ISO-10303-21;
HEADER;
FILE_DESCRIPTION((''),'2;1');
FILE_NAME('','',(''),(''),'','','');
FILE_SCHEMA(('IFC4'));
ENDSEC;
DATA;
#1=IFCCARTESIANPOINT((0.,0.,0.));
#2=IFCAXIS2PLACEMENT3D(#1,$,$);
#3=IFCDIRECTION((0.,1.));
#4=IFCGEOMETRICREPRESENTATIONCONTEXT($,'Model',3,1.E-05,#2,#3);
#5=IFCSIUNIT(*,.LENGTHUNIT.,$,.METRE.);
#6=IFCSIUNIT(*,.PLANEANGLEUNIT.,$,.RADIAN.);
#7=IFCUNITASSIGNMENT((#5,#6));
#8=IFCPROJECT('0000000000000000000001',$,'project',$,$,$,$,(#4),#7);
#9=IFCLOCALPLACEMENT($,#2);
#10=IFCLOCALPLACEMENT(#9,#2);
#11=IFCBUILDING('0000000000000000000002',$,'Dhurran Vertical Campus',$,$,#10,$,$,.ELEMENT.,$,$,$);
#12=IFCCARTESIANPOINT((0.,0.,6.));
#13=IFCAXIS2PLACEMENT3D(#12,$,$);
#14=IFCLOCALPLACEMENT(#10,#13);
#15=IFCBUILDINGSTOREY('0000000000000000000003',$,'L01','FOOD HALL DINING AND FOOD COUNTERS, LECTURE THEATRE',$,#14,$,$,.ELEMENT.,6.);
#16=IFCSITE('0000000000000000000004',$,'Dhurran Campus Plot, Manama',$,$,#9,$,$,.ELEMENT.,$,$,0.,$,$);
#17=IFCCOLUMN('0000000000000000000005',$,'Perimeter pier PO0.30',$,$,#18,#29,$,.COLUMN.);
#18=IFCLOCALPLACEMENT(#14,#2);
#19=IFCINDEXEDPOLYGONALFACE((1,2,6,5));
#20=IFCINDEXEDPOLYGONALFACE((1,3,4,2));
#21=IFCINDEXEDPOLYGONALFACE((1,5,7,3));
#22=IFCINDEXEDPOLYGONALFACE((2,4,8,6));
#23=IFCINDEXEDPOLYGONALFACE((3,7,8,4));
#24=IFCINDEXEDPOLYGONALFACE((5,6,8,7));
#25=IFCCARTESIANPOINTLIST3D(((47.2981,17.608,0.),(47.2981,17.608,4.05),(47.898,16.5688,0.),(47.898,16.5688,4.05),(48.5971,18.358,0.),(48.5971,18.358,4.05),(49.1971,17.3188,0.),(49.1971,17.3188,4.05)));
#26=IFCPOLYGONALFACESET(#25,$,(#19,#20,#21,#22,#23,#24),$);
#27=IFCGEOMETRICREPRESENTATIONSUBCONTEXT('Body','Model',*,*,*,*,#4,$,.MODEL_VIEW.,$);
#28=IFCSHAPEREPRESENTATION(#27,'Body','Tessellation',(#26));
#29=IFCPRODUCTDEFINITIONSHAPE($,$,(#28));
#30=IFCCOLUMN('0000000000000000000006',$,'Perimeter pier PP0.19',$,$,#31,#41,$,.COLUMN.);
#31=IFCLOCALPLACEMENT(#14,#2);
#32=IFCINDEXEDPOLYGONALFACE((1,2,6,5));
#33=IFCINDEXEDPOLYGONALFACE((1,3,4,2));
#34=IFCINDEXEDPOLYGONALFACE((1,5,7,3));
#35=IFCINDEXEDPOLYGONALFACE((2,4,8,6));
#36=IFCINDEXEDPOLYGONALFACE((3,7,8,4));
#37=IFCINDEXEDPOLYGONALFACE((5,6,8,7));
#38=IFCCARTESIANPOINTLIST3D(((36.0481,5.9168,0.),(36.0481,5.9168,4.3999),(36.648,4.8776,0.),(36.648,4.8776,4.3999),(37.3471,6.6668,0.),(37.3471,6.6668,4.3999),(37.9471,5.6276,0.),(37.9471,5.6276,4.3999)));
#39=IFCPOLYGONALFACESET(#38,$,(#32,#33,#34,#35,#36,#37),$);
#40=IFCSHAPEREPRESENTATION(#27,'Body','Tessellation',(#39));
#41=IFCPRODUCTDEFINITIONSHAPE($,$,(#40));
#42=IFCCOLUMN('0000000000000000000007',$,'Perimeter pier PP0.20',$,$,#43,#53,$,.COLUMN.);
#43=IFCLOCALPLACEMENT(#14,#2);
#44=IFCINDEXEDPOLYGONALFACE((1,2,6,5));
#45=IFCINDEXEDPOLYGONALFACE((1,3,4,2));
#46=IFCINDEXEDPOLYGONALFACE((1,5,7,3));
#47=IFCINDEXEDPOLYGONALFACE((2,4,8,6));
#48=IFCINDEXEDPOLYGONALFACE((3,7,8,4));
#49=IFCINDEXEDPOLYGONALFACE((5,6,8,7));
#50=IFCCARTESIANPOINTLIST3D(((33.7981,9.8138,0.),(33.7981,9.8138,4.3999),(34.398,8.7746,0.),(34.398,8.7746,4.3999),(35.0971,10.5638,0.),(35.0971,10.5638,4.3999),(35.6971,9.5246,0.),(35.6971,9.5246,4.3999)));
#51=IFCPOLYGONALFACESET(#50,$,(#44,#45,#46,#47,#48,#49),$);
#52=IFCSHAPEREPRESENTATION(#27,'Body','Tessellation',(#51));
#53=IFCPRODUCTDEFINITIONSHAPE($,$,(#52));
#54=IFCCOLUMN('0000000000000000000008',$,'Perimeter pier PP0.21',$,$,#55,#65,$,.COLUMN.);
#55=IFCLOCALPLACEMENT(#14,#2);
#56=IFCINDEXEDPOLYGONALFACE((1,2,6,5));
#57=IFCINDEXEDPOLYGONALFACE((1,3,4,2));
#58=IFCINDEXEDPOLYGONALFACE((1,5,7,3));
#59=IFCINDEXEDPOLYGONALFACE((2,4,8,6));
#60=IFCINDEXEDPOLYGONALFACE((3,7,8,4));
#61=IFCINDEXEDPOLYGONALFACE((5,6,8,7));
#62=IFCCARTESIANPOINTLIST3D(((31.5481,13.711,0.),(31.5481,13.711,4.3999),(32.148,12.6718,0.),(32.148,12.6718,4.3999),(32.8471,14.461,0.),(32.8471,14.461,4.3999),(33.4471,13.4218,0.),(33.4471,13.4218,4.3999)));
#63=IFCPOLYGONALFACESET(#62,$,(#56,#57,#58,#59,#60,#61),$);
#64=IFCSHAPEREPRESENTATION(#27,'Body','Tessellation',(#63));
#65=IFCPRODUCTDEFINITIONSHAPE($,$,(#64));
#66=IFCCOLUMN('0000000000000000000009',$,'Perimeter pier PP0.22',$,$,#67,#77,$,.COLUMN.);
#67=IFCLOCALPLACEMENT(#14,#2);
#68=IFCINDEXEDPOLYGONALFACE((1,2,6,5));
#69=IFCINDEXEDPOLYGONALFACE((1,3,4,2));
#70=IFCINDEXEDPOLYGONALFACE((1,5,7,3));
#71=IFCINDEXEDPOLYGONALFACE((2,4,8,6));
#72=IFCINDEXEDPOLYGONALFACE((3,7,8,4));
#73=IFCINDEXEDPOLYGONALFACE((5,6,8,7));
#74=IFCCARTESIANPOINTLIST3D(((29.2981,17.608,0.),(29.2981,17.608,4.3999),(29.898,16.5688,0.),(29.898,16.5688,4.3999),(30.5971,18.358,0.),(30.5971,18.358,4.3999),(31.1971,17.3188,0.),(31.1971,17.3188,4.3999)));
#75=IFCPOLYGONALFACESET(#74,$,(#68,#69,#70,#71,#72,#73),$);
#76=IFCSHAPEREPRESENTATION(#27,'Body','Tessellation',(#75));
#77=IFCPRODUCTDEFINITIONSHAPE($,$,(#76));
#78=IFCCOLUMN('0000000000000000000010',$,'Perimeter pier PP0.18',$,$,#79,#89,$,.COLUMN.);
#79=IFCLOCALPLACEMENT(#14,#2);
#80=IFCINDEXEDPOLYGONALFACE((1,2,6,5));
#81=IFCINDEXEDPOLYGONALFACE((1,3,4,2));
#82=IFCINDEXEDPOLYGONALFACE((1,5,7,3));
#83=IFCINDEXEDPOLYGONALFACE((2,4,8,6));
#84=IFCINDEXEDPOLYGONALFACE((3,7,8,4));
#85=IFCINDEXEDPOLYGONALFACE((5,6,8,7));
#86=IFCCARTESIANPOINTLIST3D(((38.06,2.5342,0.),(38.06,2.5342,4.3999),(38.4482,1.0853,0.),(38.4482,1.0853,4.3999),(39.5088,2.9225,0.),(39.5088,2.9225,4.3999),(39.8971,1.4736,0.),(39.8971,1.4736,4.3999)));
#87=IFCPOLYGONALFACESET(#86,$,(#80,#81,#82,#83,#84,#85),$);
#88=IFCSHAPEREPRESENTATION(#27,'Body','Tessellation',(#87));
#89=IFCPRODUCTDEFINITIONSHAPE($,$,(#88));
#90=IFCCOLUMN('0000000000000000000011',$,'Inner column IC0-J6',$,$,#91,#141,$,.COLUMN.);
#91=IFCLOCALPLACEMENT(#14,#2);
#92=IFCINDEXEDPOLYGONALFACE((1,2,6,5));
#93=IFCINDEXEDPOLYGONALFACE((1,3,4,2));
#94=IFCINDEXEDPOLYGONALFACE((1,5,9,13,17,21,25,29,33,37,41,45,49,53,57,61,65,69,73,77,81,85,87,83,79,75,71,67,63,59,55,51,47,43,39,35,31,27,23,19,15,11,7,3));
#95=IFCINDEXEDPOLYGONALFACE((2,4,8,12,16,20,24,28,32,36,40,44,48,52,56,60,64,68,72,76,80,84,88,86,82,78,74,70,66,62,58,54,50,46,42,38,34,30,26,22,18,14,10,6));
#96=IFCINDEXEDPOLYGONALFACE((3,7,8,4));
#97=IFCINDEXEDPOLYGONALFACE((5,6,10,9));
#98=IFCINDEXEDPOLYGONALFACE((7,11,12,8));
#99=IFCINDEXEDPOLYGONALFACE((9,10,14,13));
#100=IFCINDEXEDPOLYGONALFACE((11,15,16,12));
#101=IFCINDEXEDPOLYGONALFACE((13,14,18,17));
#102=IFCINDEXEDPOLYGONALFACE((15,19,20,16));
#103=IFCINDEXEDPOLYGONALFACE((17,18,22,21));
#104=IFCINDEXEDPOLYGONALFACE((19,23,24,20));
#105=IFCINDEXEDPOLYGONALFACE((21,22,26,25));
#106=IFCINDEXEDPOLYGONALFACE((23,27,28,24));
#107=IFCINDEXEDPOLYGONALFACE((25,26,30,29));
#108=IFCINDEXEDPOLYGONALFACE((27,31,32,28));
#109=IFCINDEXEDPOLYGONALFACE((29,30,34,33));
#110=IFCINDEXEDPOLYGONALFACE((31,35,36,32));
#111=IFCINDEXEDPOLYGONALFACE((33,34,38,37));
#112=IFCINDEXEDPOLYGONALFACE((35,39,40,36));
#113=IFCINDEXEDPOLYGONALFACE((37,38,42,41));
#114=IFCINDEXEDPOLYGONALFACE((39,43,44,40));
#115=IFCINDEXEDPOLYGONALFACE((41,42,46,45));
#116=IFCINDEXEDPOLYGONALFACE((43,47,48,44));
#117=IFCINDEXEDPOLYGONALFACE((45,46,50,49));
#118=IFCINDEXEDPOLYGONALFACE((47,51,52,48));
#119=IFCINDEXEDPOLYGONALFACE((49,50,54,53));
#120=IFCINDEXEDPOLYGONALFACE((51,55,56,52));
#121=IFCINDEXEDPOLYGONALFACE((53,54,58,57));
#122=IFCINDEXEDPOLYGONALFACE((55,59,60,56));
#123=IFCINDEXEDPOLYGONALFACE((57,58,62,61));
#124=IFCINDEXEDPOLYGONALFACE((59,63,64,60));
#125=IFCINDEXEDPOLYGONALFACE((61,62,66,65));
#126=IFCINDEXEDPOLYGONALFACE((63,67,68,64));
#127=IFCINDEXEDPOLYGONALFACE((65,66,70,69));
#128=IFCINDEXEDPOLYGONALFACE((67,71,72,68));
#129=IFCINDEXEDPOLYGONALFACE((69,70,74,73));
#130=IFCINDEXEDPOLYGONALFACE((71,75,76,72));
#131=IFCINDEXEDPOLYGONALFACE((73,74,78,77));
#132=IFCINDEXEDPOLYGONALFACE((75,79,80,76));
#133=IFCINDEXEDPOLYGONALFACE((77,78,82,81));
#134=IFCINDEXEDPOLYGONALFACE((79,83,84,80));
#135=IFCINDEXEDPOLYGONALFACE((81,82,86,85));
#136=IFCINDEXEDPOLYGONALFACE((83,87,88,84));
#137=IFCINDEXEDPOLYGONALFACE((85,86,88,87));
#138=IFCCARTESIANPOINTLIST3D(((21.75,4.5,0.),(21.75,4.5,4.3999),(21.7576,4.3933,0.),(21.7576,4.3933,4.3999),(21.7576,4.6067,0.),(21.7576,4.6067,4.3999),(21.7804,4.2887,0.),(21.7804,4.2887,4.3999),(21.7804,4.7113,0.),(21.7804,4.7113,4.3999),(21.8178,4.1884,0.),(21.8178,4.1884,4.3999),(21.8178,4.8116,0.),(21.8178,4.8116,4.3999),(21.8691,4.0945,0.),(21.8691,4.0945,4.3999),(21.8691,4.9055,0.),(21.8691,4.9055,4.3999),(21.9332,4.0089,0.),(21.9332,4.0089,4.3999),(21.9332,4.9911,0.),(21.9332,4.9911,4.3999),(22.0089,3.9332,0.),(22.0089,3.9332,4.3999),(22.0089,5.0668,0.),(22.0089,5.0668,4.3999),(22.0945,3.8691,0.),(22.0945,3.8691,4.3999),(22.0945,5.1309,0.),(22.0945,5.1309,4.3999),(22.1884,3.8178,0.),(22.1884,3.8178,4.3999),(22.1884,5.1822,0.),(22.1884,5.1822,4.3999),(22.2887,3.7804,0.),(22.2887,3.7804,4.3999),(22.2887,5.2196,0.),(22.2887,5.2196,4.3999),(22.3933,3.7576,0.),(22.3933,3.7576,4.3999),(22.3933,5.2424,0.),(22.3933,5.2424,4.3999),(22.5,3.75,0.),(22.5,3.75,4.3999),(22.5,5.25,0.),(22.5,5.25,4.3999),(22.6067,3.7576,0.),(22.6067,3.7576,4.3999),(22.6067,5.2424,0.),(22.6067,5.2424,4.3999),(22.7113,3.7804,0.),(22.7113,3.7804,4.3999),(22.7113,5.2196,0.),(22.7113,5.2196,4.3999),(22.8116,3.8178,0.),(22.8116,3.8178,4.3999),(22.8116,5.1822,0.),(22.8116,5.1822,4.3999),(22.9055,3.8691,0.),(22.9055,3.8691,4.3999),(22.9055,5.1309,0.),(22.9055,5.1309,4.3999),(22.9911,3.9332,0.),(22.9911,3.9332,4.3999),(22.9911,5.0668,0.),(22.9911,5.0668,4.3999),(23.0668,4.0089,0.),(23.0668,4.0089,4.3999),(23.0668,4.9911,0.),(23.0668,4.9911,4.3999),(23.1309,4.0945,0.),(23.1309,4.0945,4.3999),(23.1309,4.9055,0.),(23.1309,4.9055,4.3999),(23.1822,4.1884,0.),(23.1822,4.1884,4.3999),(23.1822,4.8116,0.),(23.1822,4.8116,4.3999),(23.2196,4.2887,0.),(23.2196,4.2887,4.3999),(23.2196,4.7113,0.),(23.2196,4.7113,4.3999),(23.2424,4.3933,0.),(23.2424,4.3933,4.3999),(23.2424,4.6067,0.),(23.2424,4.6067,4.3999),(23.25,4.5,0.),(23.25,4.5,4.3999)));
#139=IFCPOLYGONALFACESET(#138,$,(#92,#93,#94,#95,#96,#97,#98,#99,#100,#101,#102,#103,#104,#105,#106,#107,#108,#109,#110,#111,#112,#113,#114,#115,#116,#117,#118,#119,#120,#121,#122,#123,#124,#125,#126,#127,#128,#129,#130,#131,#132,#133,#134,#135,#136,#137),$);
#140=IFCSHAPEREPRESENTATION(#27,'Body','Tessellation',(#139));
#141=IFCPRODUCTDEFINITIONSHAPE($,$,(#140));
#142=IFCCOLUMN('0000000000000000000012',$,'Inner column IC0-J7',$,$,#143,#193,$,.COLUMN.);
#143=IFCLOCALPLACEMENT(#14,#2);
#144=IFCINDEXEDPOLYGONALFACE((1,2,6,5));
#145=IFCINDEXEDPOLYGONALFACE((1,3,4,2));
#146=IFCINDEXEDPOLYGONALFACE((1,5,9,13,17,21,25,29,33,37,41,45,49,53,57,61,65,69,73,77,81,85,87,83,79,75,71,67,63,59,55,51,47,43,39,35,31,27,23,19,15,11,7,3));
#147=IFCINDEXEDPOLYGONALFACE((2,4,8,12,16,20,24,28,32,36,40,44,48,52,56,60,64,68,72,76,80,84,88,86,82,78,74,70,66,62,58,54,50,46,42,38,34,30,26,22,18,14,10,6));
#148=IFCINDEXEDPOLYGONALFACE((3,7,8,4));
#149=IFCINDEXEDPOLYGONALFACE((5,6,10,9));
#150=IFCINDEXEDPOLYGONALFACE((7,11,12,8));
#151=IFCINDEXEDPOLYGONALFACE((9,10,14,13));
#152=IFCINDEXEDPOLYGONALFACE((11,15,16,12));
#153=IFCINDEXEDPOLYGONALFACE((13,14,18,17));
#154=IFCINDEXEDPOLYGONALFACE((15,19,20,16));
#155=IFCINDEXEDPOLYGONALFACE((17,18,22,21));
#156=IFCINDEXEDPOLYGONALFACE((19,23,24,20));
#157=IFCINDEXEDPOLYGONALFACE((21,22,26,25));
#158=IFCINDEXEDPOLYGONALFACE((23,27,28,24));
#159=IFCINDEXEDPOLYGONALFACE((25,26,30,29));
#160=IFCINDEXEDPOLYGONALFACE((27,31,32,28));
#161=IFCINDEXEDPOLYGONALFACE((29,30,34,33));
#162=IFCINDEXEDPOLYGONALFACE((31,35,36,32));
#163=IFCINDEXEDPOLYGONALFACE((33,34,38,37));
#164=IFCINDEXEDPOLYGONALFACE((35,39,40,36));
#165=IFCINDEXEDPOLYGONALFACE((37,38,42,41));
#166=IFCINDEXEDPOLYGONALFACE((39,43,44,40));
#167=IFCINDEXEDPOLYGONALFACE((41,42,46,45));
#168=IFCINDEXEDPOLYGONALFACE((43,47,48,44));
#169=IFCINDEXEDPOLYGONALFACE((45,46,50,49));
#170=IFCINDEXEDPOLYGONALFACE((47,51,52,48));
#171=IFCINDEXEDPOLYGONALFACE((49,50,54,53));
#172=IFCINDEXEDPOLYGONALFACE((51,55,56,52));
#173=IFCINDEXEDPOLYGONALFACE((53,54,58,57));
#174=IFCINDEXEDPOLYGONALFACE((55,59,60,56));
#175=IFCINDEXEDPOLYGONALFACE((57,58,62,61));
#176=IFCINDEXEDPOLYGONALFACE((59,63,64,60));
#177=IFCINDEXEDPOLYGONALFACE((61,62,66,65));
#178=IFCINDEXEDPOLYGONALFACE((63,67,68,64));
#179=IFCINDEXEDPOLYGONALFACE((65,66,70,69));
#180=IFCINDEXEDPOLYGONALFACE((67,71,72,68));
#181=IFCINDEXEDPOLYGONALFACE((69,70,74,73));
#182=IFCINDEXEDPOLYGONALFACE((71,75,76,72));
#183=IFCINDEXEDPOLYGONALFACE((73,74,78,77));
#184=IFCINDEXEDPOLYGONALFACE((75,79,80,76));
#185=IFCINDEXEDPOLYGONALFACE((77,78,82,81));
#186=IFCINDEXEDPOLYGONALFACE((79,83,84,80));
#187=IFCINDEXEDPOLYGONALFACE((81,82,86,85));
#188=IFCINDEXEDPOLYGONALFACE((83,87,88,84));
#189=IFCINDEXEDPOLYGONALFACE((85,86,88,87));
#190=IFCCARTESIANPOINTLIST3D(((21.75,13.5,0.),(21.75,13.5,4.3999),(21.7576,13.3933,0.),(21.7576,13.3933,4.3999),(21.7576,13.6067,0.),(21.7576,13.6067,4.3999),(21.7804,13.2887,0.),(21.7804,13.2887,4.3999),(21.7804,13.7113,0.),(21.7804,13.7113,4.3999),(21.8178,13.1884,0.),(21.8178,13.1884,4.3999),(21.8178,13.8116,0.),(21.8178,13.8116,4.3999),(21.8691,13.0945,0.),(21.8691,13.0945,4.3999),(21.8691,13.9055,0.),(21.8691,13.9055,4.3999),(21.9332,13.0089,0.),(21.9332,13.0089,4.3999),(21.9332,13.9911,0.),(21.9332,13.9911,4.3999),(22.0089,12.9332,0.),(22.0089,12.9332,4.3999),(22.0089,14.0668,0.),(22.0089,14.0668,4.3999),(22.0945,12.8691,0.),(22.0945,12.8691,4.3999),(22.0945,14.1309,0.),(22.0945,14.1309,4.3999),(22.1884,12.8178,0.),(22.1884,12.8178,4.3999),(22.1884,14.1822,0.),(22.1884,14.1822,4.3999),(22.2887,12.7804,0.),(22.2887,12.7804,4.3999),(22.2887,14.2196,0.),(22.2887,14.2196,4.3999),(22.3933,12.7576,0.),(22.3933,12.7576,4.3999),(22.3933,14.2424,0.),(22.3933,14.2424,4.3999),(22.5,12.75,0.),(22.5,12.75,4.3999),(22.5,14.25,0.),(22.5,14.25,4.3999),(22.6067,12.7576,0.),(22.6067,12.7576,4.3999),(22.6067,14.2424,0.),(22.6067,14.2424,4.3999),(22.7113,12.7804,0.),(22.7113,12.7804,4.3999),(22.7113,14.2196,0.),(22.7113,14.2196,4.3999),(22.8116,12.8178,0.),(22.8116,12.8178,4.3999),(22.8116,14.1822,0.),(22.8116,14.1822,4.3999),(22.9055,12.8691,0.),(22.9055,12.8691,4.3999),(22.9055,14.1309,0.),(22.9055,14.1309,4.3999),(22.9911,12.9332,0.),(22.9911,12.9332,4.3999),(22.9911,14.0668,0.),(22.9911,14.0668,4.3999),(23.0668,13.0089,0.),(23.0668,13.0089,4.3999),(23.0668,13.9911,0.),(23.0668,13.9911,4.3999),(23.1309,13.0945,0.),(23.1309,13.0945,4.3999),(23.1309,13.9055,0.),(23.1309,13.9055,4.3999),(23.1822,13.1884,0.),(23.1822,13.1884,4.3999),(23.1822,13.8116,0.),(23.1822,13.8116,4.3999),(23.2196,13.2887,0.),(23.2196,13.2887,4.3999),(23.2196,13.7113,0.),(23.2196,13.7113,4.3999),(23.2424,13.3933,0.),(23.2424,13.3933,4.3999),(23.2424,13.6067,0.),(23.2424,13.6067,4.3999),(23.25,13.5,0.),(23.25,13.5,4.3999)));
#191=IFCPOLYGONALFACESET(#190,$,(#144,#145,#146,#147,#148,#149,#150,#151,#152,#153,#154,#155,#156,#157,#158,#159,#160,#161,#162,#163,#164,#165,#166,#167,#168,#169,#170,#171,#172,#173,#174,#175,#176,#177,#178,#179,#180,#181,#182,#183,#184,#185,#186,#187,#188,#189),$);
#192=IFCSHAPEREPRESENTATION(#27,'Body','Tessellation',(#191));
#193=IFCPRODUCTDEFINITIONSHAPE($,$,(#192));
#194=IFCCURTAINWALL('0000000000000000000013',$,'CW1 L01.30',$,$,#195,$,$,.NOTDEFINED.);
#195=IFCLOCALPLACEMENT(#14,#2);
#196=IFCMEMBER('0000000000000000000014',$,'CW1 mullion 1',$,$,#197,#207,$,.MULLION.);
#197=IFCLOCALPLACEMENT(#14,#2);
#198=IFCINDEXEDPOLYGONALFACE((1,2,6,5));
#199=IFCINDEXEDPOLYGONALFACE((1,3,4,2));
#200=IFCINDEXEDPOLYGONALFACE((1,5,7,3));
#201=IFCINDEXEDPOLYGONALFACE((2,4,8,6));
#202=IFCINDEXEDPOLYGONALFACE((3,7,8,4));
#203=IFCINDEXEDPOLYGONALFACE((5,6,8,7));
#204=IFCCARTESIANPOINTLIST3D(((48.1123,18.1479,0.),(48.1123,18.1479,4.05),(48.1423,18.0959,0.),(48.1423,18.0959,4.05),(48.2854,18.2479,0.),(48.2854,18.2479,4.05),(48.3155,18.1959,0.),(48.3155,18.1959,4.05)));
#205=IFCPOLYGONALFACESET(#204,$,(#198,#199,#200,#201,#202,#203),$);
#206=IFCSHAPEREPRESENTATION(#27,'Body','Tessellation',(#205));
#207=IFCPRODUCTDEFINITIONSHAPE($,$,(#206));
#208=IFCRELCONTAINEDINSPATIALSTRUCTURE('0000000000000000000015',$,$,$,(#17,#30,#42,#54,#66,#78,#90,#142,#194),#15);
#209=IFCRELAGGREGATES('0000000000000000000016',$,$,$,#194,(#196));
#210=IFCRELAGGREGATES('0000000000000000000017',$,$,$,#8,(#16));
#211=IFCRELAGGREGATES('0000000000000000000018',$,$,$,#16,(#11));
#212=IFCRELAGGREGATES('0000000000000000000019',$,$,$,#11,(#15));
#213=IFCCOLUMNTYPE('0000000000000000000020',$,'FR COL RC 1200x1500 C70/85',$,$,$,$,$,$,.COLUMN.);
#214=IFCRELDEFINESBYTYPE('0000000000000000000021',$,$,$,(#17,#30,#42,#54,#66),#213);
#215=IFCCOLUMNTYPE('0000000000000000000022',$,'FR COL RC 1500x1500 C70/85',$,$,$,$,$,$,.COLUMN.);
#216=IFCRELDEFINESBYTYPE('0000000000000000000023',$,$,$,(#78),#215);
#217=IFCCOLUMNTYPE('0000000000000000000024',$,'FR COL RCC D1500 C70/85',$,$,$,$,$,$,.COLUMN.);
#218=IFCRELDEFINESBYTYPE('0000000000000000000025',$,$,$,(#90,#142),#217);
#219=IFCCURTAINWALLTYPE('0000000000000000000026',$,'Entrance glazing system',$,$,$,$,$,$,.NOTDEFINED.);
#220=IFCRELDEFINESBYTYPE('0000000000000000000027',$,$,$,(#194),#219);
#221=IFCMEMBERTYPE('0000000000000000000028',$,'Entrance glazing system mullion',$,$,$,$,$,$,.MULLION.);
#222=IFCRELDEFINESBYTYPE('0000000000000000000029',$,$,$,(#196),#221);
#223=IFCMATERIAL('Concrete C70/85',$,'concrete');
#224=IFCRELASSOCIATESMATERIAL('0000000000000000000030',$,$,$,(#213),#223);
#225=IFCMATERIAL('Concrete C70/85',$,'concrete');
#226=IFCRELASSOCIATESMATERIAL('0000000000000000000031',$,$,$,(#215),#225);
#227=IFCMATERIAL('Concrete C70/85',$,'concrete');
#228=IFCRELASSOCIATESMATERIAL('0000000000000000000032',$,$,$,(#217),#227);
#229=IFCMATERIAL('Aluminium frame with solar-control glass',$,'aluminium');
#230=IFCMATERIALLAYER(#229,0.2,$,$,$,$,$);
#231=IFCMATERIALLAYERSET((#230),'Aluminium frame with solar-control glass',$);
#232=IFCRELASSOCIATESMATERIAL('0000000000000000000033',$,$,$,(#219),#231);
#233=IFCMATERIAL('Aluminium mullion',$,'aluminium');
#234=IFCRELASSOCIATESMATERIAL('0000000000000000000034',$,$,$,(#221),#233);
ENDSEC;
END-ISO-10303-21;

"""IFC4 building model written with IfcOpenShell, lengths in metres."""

from ifc_helpers import new_model, si_unit, direction, frame, origin, origin_2d, place, context, subcontext, project, spatial, rectangle, circle, extrude, material, layer, layer_set, material_profile, profile_set, type_object, element, aggregate, save


model = new_model("IFC4")

# Units and contexts
model_context = context("Model", 3, precision=1e-05, world=origin(), true_north=direction((0.0, 1.0)))
body_context = subcontext(model_context, "Body", "Model", "MODEL_VIEW")
ifc_project = project(units=[si_unit("LENGTHUNIT", "METRE"), si_unit("PLANEANGLEUNIT", "RADIAN")], contexts=[model_context])

# Site, building, storey
site_placement = place(None, origin())
site = spatial("IfcSite", under=ifc_project, at=site_placement, Name="Dhurran Campus Plot, Manama", CompositionType="ELEMENT", RefElevation=0.0)
building_placement = place(site_placement, origin())
building = spatial("IfcBuilding", under=site, at=building_placement, Name="Dhurran Vertical Campus", CompositionType="ELEMENT")
storey_placement = place(building_placement, frame((0.0, 0.0, 6.0)))
storey = spatial("IfcBuildingStorey", under=building, at=storey_placement, Name="L01", Description="FOOD HALL DINING AND FOOD COUNTERS, LECTURE THEATRE", CompositionType="ELEMENT", Elevation=6.0)

# Columns
ifc_material_1 = material(Name="Concrete C70/85", Category="concrete")
ifc_material_profile_1 = material_profile(ifc_material_1, rectangle(XDim=1.2, YDim=1.5, at=origin_2d()), Name="RC 1200x1500")
ifc_profile_set_1 = profile_set([ifc_material_profile_1], Name="Concrete C70/85")
column_type_1 = type_object("IfcColumnType", Name="FR COL RC 1200x1500 C70/85", PredefinedType="COLUMN", material=ifc_profile_set_1)
column_1_placement = place(storey_placement, frame((48.2476, 17.4634, 0.0), z_axis=(0.0, 0.0, 1.0), x_axis=(-0.5, 0.866025, 0.0)))
element("IfcColumn", 1, at=column_1_placement, inside=storey, type_object=column_type_1, Name="Perimeter pier PO0.30", PredefinedType="COLUMN", context=body_context, shape_type="SweptSolid", body=[
    extrude(rectangle(XDim=1.2, YDim=1.5, at=origin_2d()), origin(), (0.0, 0.0, 1.0), 4.05),
])
for number, where, z_axis, x_axis, name in (
    (2, (36.9976, 5.7722, 0.0), (0.0, 0.0, 1.0), (-0.5, 0.866025, 0.0), "Perimeter pier PP0.19"),
    (3, (34.7476, 9.6692, 0.0), (0.0, 0.0, 1.0), (-0.5, 0.866025, 0.0), "Perimeter pier PP0.20"),
    (4, (32.4976, 13.5664, 0.0), (0.0, 0.0, 1.0), (-0.5, 0.866025, 0.0), "Perimeter pier PP0.21"),
    (5, (30.2476, 17.4634, 0.0), (0.0, 0.0, 1.0), (-0.5, 0.866025, 0.0), "Perimeter pier PP0.22"),
):
    element("IfcColumn", number, at=place(storey_placement, frame(where, z_axis=z_axis, x_axis=x_axis)), inside=storey, type_object=column_type_1, Name=name, PredefinedType="COLUMN", context=body_context, shape_type="SweptSolid", body=[
        extrude(rectangle(XDim=1.2, YDim=1.5, at=origin_2d()), origin(), (0.0, 0.0, 1.0), 4.3999),
    ])
ifc_material_2 = material(Name="Concrete C70/85", Category="concrete")
ifc_material_profile_2 = material_profile(ifc_material_2, rectangle(XDim=1.5, YDim=1.5, at=origin_2d()), Name="RC 1500x1500")
ifc_profile_set_2 = profile_set([ifc_material_profile_2], Name="Concrete C70/85")
column_type_2 = type_object("IfcColumnType", Name="FR COL RC 1500x1500 C70/85", PredefinedType="COLUMN", material=ifc_profile_set_2)
column_2_placement = place(storey_placement, frame((38.9785, 2.0039, 0.0), z_axis=(0.0, 0.0, 1.0), x_axis=(-0.258819, 0.965926, 0.0)))
element("IfcColumn", 6, at=column_2_placement, inside=storey, type_object=column_type_2, Name="Perimeter pier PP0.18", PredefinedType="COLUMN", context=body_context, shape_type="SweptSolid", body=[
    extrude(rectangle(XDim=1.5, YDim=1.5, at=origin_2d()), origin(), (0.0, 0.0, 1.0), 4.3999),
])
ifc_material_3 = material(Name="Concrete C70/85", Category="concrete")
ifc_material_profile_3 = material_profile(ifc_material_3, circle(Radius=0.75, at=origin_2d()), Name="RCC D1500")
ifc_profile_set_3 = profile_set([ifc_material_profile_3], Name="Concrete C70/85")
column_type_3 = type_object("IfcColumnType", Name="FR COL RCC D1500 C70/85", PredefinedType="COLUMN", material=ifc_profile_set_3)
for number, where, z_axis, x_axis, name in (
    (7, (22.5, 4.5, 0.0), (0.0, 0.0, 1.0), (1.0, 0.0, 0.0), "Inner column IC0-J6"),
    (8, (22.5, 13.5, 0.0), (0.0, 0.0, 1.0), (1.0, 0.0, 0.0), "Inner column IC0-J7"),
):
    element("IfcColumn", number, at=place(storey_placement, frame(where, z_axis=z_axis, x_axis=x_axis)), inside=storey, type_object=column_type_3, Name=name, PredefinedType="COLUMN", context=body_context, shape_type="SweptSolid", body=[
        extrude(circle(Radius=0.75, at=origin_2d()), origin(), (0.0, 0.0, 1.0), 4.3999),
    ])

# Curtain wall, member
ifc_material_4 = material(Name="Aluminium frame with solar-control glass", Category="aluminium")
ifc_layer_1 = layer(ifc_material_4, 0.2)
ifc_layer_set_1 = layer_set([ifc_layer_1], Name="Aluminium frame with solar-control glass")
curtain_wall_type = type_object("IfcCurtainWallType", Name="Entrance glazing system", PredefinedType="NOTDEFINED", material=ifc_layer_set_1)
curtain_wall_placement = place(storey_placement, origin())
curtain_wall = element("IfcCurtainWall", 9, at=curtain_wall_placement, inside=storey, type_object=curtain_wall_type, Name="CW1 L01.30", PredefinedType="NOTDEFINED")
ifc_material_5 = material(Name="Aluminium mullion", Category="aluminium")
ifc_material_profile_4 = material_profile(ifc_material_5, rectangle(XDim=0.2, YDim=0.0601, at=origin_2d()), Name="Entrance glazing system mullion")
ifc_profile_set_4 = profile_set([ifc_material_profile_4], Name="Aluminium mullion")
member_type_1 = type_object("IfcMemberType", Name="Entrance glazing system mullion", PredefinedType="MULLION", material=ifc_profile_set_4)
member_1_placement = place(storey_placement, frame((48.2139, 18.1719, 0.0), z_axis=(0.0, 0.0, 1.0), x_axis=(-0.866024, -0.500002, 0.0)))
member_1 = element("IfcMember", 10, at=member_1_placement, type_object=member_type_1, Name="CW1 mullion 1", PredefinedType="MULLION", context=body_context, shape_type="SweptSolid", body=[
    extrude(rectangle(XDim=0.2, YDim=0.0601, at=origin_2d()), origin(), (0.0, 0.0, 1.0), 4.05),
])
aggregate(curtain_wall, [member_1])

save(model, "model.ifc")
